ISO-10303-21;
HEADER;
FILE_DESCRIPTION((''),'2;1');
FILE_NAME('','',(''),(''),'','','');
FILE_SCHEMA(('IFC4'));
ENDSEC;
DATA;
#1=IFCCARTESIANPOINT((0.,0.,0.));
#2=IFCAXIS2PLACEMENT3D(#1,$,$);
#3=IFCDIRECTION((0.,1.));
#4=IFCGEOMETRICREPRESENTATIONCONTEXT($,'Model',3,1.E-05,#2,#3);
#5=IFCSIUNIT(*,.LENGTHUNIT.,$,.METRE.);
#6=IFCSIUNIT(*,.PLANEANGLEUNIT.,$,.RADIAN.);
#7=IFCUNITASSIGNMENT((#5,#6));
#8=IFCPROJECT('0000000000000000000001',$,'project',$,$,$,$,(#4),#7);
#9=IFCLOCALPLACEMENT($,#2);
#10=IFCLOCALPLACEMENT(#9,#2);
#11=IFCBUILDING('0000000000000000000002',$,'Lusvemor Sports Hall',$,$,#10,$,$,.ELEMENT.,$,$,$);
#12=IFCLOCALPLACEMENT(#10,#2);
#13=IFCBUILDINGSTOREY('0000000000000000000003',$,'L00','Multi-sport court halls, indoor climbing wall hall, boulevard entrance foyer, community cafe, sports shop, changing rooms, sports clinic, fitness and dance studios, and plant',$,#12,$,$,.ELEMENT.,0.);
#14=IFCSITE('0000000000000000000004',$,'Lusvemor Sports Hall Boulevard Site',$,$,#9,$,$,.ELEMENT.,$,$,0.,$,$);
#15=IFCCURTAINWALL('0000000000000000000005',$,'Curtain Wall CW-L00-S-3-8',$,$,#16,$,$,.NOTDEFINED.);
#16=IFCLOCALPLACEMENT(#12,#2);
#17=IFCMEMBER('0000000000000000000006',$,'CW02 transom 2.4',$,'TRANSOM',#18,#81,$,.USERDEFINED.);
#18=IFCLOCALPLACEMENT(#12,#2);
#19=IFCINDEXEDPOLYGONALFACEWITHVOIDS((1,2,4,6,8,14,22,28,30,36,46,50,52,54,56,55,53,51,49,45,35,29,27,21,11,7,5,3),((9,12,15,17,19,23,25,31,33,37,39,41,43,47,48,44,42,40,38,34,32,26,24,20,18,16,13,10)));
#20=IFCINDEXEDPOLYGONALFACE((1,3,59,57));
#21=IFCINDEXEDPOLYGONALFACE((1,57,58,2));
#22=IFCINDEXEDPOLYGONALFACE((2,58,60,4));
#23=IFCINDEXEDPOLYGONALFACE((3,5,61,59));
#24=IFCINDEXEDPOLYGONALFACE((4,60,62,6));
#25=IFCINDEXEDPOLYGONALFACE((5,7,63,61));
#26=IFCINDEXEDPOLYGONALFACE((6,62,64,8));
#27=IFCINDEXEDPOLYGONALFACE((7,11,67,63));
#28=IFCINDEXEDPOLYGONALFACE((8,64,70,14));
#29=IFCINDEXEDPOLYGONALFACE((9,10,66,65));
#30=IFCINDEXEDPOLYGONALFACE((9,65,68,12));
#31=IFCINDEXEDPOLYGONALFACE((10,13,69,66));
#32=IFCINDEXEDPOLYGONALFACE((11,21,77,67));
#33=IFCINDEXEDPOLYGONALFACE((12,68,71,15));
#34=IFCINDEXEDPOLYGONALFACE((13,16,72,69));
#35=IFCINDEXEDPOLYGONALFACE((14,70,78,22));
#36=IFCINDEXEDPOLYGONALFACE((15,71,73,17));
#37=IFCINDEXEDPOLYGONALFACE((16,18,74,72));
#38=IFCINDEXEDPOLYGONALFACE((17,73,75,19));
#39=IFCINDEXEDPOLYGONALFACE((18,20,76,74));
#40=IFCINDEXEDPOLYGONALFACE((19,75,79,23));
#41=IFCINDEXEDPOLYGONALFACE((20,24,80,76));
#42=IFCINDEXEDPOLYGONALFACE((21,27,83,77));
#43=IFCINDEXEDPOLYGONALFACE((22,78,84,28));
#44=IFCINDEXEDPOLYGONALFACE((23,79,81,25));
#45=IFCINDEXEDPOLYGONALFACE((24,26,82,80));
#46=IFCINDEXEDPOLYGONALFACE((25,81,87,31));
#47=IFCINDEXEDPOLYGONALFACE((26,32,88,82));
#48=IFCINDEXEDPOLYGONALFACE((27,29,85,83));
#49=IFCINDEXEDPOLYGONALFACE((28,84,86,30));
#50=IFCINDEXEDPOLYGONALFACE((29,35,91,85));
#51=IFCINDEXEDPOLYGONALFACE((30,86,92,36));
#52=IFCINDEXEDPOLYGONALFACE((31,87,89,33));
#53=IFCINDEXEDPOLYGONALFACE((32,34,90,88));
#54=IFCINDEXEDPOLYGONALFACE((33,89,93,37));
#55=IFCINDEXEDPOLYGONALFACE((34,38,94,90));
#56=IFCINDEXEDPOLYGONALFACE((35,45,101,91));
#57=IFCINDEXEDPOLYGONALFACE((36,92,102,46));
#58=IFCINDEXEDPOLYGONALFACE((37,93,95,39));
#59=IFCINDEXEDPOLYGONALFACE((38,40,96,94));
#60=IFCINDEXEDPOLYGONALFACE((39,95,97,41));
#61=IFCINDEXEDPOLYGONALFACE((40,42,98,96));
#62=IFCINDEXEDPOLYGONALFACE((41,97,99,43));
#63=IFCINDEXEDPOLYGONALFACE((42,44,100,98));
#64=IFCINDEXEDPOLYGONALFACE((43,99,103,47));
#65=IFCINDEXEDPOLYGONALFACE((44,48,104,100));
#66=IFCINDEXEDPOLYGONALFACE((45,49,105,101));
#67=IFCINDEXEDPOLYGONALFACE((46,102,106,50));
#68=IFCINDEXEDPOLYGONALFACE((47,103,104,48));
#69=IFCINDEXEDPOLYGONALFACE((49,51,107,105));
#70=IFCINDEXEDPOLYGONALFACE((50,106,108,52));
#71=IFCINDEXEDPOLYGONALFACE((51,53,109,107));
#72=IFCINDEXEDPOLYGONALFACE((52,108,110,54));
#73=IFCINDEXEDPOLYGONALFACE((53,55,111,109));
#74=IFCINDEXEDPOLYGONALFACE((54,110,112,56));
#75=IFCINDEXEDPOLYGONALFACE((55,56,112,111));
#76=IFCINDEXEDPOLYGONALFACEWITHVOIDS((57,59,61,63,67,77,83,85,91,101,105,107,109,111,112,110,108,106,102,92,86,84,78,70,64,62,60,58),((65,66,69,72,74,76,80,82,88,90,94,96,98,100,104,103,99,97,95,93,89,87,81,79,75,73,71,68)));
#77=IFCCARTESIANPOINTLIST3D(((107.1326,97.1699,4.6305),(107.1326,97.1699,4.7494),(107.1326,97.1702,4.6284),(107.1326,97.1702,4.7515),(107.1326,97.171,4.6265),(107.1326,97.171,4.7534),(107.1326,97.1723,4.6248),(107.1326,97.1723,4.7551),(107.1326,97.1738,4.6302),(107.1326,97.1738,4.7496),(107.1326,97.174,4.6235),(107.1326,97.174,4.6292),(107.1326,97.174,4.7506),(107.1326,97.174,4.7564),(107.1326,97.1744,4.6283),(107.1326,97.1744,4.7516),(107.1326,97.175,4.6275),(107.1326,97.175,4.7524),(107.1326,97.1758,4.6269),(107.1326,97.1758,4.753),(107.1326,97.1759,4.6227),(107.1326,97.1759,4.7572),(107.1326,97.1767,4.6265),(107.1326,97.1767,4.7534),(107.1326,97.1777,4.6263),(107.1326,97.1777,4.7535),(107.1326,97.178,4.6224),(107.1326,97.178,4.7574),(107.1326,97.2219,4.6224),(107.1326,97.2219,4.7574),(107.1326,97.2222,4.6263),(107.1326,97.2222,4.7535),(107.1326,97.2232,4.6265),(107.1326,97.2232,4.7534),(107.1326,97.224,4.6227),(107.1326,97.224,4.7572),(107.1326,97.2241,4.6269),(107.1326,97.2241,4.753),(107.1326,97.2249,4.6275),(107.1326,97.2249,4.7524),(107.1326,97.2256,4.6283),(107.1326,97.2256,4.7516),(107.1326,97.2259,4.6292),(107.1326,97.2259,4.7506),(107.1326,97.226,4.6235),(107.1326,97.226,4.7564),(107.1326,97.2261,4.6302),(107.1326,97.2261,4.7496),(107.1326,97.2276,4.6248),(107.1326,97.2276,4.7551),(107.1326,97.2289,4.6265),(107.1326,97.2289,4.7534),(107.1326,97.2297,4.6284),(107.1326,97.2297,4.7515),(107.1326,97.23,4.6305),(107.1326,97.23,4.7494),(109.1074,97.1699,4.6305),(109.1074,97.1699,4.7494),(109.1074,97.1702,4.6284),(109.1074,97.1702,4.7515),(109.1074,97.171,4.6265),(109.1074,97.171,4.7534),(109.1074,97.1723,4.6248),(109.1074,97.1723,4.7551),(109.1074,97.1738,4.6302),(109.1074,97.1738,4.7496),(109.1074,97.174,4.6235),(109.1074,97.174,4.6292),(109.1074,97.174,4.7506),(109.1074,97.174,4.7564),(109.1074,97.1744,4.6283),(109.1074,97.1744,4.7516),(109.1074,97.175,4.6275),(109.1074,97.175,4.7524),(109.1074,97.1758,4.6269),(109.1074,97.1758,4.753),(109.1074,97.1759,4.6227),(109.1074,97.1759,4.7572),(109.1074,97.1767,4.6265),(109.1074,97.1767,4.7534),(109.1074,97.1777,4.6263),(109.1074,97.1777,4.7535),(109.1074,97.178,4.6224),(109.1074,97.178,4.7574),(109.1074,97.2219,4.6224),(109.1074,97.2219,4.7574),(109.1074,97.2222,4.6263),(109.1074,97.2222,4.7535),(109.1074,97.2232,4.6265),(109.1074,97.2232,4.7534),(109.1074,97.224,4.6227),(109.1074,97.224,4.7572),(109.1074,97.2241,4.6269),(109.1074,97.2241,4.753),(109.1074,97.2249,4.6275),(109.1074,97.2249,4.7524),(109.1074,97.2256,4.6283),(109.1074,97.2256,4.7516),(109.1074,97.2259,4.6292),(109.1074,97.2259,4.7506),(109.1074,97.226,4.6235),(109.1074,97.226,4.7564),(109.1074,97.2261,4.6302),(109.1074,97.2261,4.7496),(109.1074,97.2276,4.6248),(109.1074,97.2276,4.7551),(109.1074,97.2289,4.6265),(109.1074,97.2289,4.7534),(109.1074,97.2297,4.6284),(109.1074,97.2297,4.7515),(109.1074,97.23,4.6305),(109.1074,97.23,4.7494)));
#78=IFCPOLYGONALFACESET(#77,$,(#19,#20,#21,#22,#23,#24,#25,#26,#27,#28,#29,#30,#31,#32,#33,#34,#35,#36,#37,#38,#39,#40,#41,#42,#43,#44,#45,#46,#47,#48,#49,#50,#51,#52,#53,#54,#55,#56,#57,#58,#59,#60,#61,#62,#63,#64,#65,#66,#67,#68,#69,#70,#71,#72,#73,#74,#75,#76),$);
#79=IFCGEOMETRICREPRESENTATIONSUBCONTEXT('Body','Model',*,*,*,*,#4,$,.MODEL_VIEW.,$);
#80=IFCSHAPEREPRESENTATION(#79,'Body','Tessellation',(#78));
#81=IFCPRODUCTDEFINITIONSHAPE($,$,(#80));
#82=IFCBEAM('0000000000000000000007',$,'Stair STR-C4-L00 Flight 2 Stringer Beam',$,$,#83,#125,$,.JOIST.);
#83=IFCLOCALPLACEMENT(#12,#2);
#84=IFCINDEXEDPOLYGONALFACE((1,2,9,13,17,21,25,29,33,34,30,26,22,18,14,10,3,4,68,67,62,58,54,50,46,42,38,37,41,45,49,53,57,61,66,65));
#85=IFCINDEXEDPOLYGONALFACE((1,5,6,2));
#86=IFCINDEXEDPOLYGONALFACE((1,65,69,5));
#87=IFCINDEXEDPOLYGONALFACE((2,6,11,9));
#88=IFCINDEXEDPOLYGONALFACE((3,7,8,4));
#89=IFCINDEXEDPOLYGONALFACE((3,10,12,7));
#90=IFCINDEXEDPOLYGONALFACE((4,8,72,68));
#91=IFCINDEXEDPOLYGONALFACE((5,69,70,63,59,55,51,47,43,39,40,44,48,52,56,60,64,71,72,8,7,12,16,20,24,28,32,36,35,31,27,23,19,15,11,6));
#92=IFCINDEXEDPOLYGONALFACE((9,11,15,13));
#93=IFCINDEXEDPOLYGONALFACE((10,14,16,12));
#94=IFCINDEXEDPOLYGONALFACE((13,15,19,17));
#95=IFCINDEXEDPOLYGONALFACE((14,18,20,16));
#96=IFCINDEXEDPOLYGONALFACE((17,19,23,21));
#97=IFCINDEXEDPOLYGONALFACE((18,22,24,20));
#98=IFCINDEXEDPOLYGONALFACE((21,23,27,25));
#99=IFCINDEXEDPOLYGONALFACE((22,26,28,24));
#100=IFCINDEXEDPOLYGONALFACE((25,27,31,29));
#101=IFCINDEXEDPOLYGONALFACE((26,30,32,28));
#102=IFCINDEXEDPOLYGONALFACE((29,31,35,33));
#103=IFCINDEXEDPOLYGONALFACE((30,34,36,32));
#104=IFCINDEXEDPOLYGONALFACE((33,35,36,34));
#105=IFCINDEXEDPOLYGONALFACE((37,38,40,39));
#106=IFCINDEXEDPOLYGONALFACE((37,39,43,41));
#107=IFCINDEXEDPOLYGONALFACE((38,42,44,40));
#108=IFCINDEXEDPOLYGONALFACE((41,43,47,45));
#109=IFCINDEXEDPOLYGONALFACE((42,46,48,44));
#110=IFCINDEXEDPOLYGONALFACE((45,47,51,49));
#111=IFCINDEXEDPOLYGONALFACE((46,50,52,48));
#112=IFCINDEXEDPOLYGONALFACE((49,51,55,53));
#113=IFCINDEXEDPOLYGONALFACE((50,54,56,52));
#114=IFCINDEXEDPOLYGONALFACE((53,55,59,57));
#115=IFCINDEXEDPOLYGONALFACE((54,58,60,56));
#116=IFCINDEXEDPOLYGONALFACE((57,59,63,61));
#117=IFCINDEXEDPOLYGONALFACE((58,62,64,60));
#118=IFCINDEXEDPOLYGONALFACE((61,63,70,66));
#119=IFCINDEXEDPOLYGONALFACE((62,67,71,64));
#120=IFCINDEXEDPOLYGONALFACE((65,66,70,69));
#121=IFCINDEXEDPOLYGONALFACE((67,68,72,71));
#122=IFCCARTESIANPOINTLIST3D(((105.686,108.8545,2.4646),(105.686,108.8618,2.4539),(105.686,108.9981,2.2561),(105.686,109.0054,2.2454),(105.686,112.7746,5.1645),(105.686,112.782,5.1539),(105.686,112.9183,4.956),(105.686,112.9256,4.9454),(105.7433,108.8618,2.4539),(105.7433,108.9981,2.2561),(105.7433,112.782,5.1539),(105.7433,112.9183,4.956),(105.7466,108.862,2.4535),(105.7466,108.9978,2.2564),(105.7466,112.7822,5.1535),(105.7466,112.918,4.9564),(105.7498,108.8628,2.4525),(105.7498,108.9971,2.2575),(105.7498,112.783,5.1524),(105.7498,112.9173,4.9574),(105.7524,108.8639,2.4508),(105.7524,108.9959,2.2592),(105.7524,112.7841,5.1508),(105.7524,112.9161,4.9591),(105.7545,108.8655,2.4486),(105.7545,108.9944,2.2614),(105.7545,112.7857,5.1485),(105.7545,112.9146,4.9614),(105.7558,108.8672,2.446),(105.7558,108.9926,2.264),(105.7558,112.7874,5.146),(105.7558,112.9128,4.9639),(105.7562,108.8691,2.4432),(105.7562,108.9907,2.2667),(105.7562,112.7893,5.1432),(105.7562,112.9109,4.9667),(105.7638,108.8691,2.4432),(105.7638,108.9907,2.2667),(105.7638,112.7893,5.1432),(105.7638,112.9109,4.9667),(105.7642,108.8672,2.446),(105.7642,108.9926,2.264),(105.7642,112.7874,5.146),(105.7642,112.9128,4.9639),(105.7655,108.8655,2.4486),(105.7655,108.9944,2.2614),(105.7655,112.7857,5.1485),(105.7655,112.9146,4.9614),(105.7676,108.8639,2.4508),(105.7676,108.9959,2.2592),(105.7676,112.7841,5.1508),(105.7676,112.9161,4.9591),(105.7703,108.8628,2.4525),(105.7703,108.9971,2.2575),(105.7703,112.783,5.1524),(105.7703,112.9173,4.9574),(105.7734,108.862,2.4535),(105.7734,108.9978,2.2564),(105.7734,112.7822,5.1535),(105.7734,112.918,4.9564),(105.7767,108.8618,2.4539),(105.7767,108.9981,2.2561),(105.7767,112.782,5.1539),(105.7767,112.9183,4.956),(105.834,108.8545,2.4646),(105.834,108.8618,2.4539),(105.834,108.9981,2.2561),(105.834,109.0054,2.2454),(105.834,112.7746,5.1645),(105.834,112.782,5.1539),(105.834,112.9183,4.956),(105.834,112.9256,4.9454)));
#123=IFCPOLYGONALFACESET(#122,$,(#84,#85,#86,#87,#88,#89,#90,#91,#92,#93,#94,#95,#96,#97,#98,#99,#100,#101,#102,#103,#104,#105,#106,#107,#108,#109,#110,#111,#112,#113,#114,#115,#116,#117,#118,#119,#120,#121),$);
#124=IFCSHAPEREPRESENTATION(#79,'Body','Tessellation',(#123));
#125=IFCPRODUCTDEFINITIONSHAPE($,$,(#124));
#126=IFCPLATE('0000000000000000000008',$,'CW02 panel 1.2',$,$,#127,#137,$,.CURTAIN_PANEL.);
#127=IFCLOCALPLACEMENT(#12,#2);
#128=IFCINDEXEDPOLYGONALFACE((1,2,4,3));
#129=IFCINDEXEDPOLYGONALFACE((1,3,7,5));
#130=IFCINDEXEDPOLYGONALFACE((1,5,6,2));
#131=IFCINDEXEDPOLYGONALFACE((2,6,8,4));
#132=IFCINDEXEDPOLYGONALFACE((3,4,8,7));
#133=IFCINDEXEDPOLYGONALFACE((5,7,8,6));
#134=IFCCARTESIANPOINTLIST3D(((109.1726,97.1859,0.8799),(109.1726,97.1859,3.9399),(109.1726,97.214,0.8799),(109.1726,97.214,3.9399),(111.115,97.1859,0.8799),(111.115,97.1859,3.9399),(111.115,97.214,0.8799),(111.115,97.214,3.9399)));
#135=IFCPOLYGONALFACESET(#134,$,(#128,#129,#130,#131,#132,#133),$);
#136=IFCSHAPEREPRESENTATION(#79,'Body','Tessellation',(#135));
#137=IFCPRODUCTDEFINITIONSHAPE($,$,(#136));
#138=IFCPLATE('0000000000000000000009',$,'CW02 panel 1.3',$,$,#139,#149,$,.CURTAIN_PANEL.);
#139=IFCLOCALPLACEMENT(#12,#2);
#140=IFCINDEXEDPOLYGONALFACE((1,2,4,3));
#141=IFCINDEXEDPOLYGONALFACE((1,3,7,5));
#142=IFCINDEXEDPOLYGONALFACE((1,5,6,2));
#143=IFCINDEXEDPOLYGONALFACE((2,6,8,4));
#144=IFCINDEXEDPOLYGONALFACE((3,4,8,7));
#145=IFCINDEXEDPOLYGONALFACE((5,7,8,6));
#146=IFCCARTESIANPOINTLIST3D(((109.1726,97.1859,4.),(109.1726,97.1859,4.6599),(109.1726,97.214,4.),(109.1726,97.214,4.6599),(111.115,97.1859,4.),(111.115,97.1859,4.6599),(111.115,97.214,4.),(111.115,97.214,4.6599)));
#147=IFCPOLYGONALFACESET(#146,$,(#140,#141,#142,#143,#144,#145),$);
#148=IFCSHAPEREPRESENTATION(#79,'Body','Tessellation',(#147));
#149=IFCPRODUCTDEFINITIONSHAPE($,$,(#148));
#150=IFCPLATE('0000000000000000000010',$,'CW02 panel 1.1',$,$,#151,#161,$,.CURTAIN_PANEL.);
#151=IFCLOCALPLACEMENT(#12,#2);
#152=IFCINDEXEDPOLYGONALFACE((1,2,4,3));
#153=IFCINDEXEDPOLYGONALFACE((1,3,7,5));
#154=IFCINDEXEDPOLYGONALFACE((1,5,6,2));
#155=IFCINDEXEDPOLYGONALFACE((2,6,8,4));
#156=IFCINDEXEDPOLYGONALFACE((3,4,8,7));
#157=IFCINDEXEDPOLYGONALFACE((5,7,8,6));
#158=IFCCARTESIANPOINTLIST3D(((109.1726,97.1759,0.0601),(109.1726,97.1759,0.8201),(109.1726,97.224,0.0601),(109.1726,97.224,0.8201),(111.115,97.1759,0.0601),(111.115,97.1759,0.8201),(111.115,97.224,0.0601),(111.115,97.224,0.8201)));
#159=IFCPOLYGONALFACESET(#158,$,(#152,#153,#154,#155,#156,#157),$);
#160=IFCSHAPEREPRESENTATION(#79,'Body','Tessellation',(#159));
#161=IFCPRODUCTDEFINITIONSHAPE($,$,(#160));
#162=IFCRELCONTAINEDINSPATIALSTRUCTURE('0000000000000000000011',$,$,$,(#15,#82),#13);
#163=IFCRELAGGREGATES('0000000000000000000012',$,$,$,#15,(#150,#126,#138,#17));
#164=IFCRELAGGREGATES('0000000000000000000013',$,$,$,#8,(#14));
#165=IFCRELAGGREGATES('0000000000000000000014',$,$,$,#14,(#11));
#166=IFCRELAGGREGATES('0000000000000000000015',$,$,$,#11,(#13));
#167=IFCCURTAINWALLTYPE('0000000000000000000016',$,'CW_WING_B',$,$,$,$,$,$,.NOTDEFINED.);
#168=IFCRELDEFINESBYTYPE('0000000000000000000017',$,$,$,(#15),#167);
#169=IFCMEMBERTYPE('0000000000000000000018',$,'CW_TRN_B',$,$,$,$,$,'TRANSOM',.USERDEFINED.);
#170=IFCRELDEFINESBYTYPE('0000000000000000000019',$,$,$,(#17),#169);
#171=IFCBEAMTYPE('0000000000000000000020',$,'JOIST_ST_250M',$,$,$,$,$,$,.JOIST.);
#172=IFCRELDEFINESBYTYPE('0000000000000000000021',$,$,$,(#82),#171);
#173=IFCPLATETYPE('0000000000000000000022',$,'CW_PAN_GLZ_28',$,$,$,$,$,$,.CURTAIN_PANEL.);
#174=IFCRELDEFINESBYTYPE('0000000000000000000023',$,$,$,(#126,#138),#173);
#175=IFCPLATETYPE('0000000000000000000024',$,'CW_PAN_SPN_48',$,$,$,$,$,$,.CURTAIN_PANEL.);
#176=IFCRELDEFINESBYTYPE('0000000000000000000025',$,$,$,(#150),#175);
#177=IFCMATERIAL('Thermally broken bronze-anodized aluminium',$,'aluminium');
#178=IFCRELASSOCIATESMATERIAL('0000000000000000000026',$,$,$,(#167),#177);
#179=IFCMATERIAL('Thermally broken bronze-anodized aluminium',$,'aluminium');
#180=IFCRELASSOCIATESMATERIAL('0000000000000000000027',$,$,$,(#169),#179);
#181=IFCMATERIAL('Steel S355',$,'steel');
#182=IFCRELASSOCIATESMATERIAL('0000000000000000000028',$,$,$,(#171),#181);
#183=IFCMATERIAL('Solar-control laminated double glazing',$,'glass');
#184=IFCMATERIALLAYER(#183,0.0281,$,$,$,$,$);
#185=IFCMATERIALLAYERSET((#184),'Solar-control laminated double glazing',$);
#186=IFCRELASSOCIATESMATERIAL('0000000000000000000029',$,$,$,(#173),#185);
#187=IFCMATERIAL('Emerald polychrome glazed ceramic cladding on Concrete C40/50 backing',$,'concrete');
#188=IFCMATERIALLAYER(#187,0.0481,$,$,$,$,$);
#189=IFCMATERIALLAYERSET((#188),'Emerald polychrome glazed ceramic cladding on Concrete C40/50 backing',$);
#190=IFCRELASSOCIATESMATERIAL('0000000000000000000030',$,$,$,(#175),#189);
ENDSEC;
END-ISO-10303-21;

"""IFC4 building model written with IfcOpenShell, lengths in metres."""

from ifc_helpers import new_model, si_unit, direction, frame, origin, origin_2d, place, context, subcontext, project, spatial, rectangle, hollow_rectangle, i_section, extrude, material, layer, layer_set, material_profile, profile_set, type_object, element, aggregate, save


model = new_model("IFC4")

# Units and contexts
model_context = context("Model", 3, precision=1e-05, world=origin(), true_north=direction((0.0, 1.0)))
body_context = subcontext(model_context, "Body", "Model", "MODEL_VIEW")
ifc_project = project(units=[si_unit("LENGTHUNIT", "METRE"), si_unit("PLANEANGLEUNIT", "RADIAN")], contexts=[model_context])

# Site, building, storey
site_placement = place(None, origin())
site = spatial("IfcSite", under=ifc_project, at=site_placement, Name="Lusvemor Sports Hall Boulevard Site", CompositionType="ELEMENT", RefElevation=0.0)
building_placement = place(site_placement, origin())
building = spatial("IfcBuilding", under=site, at=building_placement, Name="Lusvemor Sports Hall", CompositionType="ELEMENT")
storey_placement = place(building_placement, origin())
storey = spatial("IfcBuildingStorey", under=building, at=storey_placement, Name="L00", Description="Multi-sport court halls, indoor climbing wall hall, boulevard entrance foyer, community cafe, sports shop, changing rooms, sports clinic, fitness and dance studios, and plant", CompositionType="ELEMENT", Elevation=0.0)

# Curtain wall, member
ifc_material_1 = material(Name="Thermally broken bronze-anodized aluminium", Category="aluminium")
curtain_wall_type = type_object("IfcCurtainWallType", Name="CW_WING_B", PredefinedType="NOTDEFINED", material=ifc_material_1)
curtain_wall_placement = place(storey_placement, origin())
curtain_wall = element("IfcCurtainWall", 1, at=curtain_wall_placement, inside=storey, type_object=curtain_wall_type, Name="Curtain Wall CW-L00-S-3-8", PredefinedType="NOTDEFINED")
ifc_material_2 = material(Name="Thermally broken bronze-anodized aluminium", Category="aluminium")
ifc_material_profile_1 = material_profile(ifc_material_2, hollow_rectangle(XDim=0.0601, YDim=0.135, WallThickness=0.0039, InnerFilletRadius=0.0039, OuterFilletRadius=0.0081, at=origin_2d()), Name="CWTRN135x60x4")
ifc_profile_set_1 = profile_set([ifc_material_profile_1], Name="Thermally broken bronze-anodized aluminium")
member_type_1 = type_object("IfcMemberType", Name="CW_TRN_B", ElementType="TRANSOM", PredefinedType="USERDEFINED", material=ifc_profile_set_1)
member_1_placement = place(storey_placement, frame((109.1074, 97.2, 4.6899), z_axis=(-1.0, 0.0, 0.0), x_axis=(0.0, -1.0, 0.0)))
member_1 = element("IfcMember", 2, at=member_1_placement, type_object=member_type_1, Name="CW02 transom 2.4", ObjectType="TRANSOM", PredefinedType="USERDEFINED", context=body_context, shape_type="SweptSolid", body=[
    extrude(hollow_rectangle(XDim=0.0601, YDim=0.135, WallThickness=0.0039, InnerFilletRadius=0.0039, OuterFilletRadius=0.0081, at=origin_2d()), origin(), (0.0, 0.0, 1.0), 1.9749),
])

# Beam
ifc_material_3 = material(Name="Steel S355", Category="steel")
ifc_material_profile_2 = material_profile(ifc_material_3, i_section(OverallWidth=0.1479, OverallDepth=0.2661, WebThickness=0.0076, FlangeThickness=0.0129, FilletRadius=0.0129, at=origin_2d()), Name="W250x44.8")
ifc_profile_set_2 = profile_set([ifc_material_profile_2], Name="Steel S355")
beam_type_1 = type_object("IfcBeamType", Name="JOIST_ST_250M", PredefinedType="JOIST", material=ifc_profile_set_2)
beam_1_placement = place(storey_placement, frame((105.76, 108.9299, 2.355), z_axis=(0.0, 0.823567, 0.567219), x_axis=(-1.0, 0.0, 0.0)))
element("IfcBeam", 3, at=beam_1_placement, inside=storey, type_object=beam_type_1, Name="Stair STR-C4-L00 Flight 2 Stringer Beam", PredefinedType="JOIST", context=body_context, shape_type="SweptSolid", body=[
    extrude(i_section(OverallWidth=0.1479, OverallDepth=0.2661, WebThickness=0.0076, FlangeThickness=0.0129, FilletRadius=0.0129, at=origin_2d()), origin(), (0.0, 0.0, 1.0), 4.76),
])

# Plates
ifc_material_4 = material(Name="Solar-control laminated double glazing", Category="glass")
ifc_layer_1 = layer(ifc_material_4, 0.0281)
ifc_layer_set_1 = layer_set([ifc_layer_1], Name="Solar-control laminated double glazing")
plate_type_1 = type_object("IfcPlateType", Name="CW_PAN_GLZ_28", PredefinedType="CURTAIN_PANEL", material=ifc_layer_set_1)
plate_1_placement = place(storey_placement, frame((110.1438, 97.2, 0.8799), z_axis=(0.0, 0.0, 1.0), x_axis=(-1.0, 0.0, 0.0)))
plate_1 = element("IfcPlate", 4, at=plate_1_placement, type_object=plate_type_1, Name="CW02 panel 1.2", PredefinedType="CURTAIN_PANEL", context=body_context, shape_type="SweptSolid", body=[
    extrude(rectangle(XDim=1.9424, YDim=0.0281, at=origin_2d()), origin(), (0.0, 0.0, 1.0), 3.0601),
])
plate_2_placement = place(storey_placement, frame((110.1438, 97.2, 4.0), z_axis=(0.0, 0.0, 1.0), x_axis=(-1.0, 0.0, 0.0)))
plate_2 = element("IfcPlate", 5, at=plate_2_placement, type_object=plate_type_1, Name="CW02 panel 1.3", PredefinedType="CURTAIN_PANEL", context=body_context, shape_type="SweptSolid", body=[
    extrude(rectangle(XDim=1.9424, YDim=0.0281, at=origin_2d()), origin(), (0.0, 0.0, 1.0), 0.6599),
])
ifc_material_5 = material(Name="Emerald polychrome glazed ceramic cladding on Concrete C40/50 backing", Category="concrete")
ifc_layer_2 = layer(ifc_material_5, 0.0481)
ifc_layer_set_2 = layer_set([ifc_layer_2], Name="Emerald polychrome glazed ceramic cladding on Concrete C40/50 backing")
plate_type_2 = type_object("IfcPlateType", Name="CW_PAN_SPN_48", PredefinedType="CURTAIN_PANEL", material=ifc_layer_set_2)
plate_3_placement = place(storey_placement, frame((110.1438, 97.2, 0.0601), z_axis=(0.0, 0.0, 1.0), x_axis=(-1.0, 0.0, 0.0)))
plate_3 = element("IfcPlate", 6, at=plate_3_placement, type_object=plate_type_2, Name="CW02 panel 1.1", PredefinedType="CURTAIN_PANEL", context=body_context, shape_type="SweptSolid", body=[
    extrude(rectangle(XDim=1.9424, YDim=0.0481, at=origin_2d()), origin(), (0.0, 0.0, 1.0), 0.76),
])
aggregate(curtain_wall, [plate_3, plate_1, plate_2, member_1])

save(model, "model.ifc")
